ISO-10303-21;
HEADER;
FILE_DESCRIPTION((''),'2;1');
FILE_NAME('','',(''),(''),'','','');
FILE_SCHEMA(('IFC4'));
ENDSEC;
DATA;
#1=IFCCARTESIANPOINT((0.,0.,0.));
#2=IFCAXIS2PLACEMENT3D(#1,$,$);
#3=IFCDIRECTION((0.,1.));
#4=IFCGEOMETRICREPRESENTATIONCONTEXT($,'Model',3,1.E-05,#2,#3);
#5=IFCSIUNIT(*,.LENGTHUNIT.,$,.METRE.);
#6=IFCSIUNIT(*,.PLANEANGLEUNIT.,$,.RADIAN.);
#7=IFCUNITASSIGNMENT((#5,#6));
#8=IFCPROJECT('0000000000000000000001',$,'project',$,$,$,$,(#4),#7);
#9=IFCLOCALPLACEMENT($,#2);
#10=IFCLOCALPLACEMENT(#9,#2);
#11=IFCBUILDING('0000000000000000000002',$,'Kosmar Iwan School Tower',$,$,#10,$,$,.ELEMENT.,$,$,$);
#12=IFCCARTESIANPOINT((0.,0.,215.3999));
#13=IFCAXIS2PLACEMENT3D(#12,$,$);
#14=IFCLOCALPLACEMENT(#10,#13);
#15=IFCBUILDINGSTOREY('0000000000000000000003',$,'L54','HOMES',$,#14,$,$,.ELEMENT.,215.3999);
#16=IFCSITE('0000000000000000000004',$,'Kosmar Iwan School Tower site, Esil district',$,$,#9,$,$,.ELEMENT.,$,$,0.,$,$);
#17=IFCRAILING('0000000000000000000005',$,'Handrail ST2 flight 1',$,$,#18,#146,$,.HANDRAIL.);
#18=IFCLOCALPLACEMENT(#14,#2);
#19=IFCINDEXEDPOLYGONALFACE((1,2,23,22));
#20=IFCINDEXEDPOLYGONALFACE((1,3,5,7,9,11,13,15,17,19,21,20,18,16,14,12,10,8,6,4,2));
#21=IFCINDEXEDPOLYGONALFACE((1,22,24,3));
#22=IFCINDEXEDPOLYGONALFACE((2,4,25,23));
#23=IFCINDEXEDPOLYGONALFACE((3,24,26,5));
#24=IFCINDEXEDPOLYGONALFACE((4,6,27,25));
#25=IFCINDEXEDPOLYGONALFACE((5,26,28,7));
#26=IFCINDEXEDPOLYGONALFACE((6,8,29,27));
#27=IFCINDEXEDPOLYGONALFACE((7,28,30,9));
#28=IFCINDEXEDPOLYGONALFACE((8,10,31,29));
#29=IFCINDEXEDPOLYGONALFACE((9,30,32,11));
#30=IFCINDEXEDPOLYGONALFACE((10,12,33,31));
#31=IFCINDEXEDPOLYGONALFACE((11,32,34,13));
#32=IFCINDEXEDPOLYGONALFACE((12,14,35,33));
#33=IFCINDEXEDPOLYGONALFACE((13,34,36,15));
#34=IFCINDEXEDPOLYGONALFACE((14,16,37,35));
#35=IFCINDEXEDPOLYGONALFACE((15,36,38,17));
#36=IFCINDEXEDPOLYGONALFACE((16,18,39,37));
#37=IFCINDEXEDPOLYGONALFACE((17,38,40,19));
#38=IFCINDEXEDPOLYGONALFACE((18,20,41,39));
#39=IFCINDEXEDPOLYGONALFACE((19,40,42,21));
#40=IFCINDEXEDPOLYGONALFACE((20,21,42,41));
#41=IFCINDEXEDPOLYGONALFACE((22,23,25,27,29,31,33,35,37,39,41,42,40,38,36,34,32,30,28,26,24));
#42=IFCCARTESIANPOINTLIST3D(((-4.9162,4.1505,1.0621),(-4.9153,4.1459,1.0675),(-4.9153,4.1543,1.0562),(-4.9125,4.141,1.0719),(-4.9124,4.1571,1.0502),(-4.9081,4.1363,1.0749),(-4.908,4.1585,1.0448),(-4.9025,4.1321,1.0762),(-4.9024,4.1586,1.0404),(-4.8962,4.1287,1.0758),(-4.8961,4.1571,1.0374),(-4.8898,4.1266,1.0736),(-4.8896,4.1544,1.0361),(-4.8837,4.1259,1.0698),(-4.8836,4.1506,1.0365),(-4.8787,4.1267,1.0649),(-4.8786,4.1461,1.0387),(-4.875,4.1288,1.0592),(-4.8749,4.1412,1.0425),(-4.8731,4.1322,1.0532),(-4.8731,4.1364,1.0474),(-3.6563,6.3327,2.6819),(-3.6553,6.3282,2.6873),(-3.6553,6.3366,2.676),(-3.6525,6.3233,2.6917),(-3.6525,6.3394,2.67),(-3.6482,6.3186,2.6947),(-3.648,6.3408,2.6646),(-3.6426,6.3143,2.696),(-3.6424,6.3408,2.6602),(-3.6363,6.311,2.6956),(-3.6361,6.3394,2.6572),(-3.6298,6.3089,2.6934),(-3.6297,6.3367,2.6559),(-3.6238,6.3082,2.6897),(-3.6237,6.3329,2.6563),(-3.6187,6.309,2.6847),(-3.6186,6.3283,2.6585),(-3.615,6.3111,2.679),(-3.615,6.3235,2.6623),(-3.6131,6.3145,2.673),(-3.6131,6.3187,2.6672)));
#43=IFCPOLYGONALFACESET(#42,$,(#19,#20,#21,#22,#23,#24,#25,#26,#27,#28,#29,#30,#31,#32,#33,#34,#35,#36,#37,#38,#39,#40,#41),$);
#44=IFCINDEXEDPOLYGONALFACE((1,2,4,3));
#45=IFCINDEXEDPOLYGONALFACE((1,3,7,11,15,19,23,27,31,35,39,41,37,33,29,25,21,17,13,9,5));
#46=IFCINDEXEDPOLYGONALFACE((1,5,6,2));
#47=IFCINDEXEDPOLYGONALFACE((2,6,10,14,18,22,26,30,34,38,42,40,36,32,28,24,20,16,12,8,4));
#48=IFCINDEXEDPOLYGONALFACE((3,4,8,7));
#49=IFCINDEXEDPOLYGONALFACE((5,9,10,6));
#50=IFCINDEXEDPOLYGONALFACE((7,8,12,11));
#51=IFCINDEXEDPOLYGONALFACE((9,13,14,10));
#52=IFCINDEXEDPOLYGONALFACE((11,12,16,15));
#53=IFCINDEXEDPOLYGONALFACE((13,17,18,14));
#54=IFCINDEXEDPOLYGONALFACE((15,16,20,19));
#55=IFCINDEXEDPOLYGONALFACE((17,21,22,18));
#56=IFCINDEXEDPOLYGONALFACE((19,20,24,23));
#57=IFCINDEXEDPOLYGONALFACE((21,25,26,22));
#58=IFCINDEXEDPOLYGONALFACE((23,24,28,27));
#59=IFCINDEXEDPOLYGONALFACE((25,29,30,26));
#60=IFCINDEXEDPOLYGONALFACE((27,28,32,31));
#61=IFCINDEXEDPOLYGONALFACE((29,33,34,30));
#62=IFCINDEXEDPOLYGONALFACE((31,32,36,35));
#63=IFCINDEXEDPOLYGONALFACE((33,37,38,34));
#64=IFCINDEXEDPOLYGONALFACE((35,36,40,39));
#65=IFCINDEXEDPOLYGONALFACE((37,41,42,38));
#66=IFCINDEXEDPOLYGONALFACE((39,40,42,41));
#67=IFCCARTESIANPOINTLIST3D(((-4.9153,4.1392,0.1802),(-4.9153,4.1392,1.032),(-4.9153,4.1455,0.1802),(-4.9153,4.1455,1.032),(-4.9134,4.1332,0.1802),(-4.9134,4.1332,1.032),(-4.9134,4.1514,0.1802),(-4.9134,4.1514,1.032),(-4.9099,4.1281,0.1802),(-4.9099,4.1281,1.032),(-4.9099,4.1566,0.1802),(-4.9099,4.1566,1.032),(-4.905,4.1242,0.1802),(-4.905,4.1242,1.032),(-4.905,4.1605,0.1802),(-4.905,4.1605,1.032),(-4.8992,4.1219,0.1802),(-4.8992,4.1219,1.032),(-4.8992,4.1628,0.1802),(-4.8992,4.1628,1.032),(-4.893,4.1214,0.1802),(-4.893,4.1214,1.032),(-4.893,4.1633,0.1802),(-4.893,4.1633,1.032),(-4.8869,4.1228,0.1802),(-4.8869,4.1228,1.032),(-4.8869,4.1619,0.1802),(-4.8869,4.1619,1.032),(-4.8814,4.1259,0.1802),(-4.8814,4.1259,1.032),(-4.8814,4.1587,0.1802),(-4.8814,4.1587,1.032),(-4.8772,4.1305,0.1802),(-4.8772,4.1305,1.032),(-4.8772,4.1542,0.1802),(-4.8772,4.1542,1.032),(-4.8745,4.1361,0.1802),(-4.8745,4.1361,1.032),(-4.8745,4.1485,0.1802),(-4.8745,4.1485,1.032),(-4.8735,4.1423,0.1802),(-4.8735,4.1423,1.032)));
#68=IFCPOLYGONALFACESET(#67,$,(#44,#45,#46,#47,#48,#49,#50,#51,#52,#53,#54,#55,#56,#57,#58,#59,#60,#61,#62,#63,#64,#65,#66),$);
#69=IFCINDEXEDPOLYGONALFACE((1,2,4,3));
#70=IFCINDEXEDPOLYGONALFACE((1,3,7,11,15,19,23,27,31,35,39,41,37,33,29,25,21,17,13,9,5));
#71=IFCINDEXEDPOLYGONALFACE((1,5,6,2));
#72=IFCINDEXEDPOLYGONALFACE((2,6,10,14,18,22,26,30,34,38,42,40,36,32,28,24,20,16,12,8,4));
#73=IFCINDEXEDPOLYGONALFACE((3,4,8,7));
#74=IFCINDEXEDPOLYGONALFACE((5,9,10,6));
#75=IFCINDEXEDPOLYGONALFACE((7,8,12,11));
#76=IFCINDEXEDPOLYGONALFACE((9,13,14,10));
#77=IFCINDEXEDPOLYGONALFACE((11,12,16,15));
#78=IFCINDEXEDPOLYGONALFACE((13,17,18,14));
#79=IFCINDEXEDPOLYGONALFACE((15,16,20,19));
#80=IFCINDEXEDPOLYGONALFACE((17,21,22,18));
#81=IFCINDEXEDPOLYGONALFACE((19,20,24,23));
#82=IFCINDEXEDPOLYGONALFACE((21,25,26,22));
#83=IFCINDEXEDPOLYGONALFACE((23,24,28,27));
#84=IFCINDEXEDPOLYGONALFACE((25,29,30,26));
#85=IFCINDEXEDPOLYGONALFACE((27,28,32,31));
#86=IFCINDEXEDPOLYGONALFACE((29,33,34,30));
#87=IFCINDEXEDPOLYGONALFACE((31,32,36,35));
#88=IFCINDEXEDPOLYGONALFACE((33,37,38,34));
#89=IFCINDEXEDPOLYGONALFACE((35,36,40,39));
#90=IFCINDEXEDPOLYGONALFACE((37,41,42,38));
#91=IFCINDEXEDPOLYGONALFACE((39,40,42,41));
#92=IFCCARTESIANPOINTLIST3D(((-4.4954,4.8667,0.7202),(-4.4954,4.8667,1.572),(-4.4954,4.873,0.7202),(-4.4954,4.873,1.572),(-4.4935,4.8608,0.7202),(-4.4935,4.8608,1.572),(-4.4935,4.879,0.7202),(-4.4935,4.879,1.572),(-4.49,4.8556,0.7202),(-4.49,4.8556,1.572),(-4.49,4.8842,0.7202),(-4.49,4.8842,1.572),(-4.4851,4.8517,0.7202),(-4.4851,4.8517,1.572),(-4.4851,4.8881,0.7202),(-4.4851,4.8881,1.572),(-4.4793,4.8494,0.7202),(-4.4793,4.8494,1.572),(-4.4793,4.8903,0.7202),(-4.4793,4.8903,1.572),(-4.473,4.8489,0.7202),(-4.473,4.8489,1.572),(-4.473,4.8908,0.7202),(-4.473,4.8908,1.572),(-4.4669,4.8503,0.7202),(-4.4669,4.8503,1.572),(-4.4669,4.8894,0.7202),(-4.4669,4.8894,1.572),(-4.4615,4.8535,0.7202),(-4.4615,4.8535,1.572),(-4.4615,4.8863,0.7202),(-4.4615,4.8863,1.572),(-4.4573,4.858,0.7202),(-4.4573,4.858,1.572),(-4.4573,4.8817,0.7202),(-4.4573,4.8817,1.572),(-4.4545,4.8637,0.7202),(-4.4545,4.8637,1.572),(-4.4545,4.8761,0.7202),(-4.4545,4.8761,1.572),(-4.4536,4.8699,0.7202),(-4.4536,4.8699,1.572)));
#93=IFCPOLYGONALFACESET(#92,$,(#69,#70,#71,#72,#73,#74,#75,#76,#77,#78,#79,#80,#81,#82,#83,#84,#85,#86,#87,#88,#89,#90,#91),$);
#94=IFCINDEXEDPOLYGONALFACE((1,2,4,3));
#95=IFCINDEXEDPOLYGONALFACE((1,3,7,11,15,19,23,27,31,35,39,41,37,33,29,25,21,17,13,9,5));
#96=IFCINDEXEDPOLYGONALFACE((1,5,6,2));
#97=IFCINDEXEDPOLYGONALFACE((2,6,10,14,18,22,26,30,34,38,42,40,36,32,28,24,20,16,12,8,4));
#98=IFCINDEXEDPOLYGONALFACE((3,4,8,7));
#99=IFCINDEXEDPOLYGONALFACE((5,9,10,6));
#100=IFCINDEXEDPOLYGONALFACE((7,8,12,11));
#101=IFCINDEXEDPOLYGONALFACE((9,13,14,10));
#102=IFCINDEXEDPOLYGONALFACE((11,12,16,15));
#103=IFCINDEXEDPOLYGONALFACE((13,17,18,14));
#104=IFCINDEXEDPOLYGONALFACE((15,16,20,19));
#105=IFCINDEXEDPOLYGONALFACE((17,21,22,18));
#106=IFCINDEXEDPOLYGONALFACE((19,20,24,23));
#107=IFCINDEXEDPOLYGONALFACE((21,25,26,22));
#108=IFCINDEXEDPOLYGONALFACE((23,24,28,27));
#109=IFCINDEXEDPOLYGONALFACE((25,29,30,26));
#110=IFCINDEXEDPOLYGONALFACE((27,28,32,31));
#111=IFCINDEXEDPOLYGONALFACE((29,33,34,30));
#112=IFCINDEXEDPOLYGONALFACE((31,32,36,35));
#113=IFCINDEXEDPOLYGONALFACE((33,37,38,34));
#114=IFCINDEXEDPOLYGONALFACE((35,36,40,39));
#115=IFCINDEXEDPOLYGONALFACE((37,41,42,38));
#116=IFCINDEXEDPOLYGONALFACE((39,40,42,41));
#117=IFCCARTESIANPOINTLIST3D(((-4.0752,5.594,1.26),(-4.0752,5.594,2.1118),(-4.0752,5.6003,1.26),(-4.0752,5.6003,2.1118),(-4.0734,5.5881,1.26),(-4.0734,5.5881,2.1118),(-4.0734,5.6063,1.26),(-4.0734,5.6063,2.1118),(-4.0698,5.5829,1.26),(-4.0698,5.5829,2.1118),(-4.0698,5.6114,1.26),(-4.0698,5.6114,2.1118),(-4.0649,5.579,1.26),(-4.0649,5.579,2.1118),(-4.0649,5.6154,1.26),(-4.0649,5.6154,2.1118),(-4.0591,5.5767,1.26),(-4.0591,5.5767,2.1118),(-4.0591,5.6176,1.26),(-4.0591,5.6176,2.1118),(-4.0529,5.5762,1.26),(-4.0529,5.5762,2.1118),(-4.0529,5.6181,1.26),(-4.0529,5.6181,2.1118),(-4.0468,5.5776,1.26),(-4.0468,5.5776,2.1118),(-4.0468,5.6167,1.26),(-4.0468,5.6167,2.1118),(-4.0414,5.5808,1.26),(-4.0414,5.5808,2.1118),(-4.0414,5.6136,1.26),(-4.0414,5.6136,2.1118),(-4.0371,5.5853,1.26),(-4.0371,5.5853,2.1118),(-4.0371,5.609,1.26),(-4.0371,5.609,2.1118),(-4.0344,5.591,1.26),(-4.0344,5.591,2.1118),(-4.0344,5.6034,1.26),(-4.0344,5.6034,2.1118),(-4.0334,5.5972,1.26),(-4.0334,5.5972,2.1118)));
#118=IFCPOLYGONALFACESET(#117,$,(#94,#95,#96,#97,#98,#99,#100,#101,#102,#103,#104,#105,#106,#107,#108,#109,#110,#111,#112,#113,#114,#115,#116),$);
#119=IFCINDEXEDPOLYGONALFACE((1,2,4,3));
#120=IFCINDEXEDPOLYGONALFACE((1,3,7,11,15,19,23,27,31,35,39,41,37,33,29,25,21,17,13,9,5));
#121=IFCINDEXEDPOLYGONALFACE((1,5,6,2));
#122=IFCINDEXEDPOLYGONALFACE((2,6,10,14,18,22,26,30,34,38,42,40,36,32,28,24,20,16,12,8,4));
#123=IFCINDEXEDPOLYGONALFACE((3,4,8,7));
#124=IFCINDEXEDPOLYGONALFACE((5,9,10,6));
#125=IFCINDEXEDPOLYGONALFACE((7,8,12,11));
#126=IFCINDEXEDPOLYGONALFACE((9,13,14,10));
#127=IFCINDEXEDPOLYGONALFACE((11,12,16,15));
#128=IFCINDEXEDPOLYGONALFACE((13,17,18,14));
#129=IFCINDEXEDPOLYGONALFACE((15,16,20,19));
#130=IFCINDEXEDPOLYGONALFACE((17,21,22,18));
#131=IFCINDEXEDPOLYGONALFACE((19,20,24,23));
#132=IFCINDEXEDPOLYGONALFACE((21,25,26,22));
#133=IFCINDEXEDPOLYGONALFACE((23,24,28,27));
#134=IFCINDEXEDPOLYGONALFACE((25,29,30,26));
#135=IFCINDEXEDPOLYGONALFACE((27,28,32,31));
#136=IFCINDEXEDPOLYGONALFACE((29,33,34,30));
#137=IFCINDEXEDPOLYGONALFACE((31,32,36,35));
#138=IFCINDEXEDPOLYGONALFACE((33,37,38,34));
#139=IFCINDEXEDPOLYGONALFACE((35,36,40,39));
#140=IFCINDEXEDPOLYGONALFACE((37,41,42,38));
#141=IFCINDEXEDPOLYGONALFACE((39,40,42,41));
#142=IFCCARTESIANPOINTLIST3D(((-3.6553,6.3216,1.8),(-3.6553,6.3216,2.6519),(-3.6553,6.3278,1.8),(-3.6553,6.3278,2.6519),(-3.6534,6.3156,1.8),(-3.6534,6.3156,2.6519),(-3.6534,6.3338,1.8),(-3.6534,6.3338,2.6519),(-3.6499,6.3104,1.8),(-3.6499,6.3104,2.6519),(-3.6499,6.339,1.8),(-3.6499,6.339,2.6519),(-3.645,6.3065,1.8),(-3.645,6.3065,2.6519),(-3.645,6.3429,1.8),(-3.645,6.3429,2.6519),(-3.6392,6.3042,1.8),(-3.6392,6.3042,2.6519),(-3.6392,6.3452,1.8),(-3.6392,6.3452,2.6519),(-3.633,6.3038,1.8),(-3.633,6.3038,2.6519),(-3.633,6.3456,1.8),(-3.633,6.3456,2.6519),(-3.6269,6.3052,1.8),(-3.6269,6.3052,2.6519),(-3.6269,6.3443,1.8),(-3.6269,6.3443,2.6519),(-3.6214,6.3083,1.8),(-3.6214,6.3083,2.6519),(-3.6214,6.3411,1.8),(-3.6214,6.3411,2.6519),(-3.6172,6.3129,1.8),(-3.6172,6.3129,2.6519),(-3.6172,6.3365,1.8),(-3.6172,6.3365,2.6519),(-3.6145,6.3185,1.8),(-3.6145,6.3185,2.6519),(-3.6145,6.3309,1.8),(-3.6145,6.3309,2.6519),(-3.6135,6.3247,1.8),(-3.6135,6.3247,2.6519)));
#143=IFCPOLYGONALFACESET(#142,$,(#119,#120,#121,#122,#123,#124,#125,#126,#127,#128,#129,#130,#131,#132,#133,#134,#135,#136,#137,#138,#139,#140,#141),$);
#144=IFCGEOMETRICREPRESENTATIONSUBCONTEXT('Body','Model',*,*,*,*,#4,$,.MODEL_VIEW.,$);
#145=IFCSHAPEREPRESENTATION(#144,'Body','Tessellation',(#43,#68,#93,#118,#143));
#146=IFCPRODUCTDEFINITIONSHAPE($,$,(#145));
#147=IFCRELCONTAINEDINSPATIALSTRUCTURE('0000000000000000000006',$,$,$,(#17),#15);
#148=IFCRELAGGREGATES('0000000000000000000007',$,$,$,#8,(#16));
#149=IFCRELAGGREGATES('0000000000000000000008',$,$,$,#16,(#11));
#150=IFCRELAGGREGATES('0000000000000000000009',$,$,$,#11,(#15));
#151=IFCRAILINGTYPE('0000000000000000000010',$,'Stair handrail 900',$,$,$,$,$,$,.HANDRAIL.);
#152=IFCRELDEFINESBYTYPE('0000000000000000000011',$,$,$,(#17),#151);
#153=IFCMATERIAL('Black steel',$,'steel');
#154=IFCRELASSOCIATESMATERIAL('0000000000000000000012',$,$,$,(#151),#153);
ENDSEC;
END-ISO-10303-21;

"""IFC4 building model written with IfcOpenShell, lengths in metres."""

from ifc_helpers import new_model, si_unit, direction, frame, origin, origin_2d, place, context, subcontext, project, spatial, circle, extrude, material, type_object, element, save


model = new_model("IFC4")

# Units and contexts
model_context = context("Model", 3, precision=1e-05, world=origin(), true_north=direction((0.0, 1.0)))
body_context = subcontext(model_context, "Body", "Model", "MODEL_VIEW")
ifc_project = project(units=[si_unit("LENGTHUNIT", "METRE"), si_unit("PLANEANGLEUNIT", "RADIAN")], contexts=[model_context])

# Site, building, storey
site_placement = place(None, origin())
site = spatial("IfcSite", under=ifc_project, at=site_placement, Name="Kosmar Iwan School Tower site, Esil district", CompositionType="ELEMENT", RefElevation=0.0)
building_placement = place(site_placement, origin())
building = spatial("IfcBuilding", under=site, at=building_placement, Name="Kosmar Iwan School Tower", CompositionType="ELEMENT")
storey_placement = place(building_placement, frame((0.0, 0.0, 215.3999)))
storey = spatial("IfcBuildingStorey", under=building, at=storey_placement, Name="L54", Description="HOMES", CompositionType="ELEMENT", Elevation=215.3999)

# Railing
ifc_material_1 = material(Name="Black steel", Category="steel")
railing_type = type_object("IfcRailingType", Name="Stair handrail 900", PredefinedType="HANDRAIL", material=ifc_material_1)
railing_1_placement = place(storey_placement, frame((-4.8945, 4.1423, 0.1802)))
element("IfcRailing", 1, at=railing_1_placement, inside=storey, type_object=railing_type, Name="Handrail ST2 flight 1", PredefinedType="HANDRAIL", context=body_context, shape_type="SweptSolid", body=[
    extrude(circle(Radius=0.0239, at=origin_2d()), frame((0.0, 0.0, 0.876), z_axis=(0.420603, 0.728496, 0.540728), x_axis=(-0.866023, 0.500005, 0.0)), (0.0, 0.0, 1.0), 2.9956),
    extrude(circle(Radius=0.021, at=origin_2d()), origin(), (0.0, 0.0, 1.0), 0.8518),
    extrude(circle(Radius=0.021, at=origin_2d()), frame((0.4199, 0.7275, 0.54)), (0.0, 0.0, 1.0), 0.8518),
    extrude(circle(Radius=0.021, at=origin_2d()), frame((0.8401, 1.4548, 1.0798)), (0.0, 0.0, 1.0), 0.8518),
    extrude(circle(Radius=0.021, at=origin_2d()), frame((1.26, 2.1824, 1.6199)), (0.0, 0.0, 1.0), 0.8518),
])

save(model, "model.ifc")
